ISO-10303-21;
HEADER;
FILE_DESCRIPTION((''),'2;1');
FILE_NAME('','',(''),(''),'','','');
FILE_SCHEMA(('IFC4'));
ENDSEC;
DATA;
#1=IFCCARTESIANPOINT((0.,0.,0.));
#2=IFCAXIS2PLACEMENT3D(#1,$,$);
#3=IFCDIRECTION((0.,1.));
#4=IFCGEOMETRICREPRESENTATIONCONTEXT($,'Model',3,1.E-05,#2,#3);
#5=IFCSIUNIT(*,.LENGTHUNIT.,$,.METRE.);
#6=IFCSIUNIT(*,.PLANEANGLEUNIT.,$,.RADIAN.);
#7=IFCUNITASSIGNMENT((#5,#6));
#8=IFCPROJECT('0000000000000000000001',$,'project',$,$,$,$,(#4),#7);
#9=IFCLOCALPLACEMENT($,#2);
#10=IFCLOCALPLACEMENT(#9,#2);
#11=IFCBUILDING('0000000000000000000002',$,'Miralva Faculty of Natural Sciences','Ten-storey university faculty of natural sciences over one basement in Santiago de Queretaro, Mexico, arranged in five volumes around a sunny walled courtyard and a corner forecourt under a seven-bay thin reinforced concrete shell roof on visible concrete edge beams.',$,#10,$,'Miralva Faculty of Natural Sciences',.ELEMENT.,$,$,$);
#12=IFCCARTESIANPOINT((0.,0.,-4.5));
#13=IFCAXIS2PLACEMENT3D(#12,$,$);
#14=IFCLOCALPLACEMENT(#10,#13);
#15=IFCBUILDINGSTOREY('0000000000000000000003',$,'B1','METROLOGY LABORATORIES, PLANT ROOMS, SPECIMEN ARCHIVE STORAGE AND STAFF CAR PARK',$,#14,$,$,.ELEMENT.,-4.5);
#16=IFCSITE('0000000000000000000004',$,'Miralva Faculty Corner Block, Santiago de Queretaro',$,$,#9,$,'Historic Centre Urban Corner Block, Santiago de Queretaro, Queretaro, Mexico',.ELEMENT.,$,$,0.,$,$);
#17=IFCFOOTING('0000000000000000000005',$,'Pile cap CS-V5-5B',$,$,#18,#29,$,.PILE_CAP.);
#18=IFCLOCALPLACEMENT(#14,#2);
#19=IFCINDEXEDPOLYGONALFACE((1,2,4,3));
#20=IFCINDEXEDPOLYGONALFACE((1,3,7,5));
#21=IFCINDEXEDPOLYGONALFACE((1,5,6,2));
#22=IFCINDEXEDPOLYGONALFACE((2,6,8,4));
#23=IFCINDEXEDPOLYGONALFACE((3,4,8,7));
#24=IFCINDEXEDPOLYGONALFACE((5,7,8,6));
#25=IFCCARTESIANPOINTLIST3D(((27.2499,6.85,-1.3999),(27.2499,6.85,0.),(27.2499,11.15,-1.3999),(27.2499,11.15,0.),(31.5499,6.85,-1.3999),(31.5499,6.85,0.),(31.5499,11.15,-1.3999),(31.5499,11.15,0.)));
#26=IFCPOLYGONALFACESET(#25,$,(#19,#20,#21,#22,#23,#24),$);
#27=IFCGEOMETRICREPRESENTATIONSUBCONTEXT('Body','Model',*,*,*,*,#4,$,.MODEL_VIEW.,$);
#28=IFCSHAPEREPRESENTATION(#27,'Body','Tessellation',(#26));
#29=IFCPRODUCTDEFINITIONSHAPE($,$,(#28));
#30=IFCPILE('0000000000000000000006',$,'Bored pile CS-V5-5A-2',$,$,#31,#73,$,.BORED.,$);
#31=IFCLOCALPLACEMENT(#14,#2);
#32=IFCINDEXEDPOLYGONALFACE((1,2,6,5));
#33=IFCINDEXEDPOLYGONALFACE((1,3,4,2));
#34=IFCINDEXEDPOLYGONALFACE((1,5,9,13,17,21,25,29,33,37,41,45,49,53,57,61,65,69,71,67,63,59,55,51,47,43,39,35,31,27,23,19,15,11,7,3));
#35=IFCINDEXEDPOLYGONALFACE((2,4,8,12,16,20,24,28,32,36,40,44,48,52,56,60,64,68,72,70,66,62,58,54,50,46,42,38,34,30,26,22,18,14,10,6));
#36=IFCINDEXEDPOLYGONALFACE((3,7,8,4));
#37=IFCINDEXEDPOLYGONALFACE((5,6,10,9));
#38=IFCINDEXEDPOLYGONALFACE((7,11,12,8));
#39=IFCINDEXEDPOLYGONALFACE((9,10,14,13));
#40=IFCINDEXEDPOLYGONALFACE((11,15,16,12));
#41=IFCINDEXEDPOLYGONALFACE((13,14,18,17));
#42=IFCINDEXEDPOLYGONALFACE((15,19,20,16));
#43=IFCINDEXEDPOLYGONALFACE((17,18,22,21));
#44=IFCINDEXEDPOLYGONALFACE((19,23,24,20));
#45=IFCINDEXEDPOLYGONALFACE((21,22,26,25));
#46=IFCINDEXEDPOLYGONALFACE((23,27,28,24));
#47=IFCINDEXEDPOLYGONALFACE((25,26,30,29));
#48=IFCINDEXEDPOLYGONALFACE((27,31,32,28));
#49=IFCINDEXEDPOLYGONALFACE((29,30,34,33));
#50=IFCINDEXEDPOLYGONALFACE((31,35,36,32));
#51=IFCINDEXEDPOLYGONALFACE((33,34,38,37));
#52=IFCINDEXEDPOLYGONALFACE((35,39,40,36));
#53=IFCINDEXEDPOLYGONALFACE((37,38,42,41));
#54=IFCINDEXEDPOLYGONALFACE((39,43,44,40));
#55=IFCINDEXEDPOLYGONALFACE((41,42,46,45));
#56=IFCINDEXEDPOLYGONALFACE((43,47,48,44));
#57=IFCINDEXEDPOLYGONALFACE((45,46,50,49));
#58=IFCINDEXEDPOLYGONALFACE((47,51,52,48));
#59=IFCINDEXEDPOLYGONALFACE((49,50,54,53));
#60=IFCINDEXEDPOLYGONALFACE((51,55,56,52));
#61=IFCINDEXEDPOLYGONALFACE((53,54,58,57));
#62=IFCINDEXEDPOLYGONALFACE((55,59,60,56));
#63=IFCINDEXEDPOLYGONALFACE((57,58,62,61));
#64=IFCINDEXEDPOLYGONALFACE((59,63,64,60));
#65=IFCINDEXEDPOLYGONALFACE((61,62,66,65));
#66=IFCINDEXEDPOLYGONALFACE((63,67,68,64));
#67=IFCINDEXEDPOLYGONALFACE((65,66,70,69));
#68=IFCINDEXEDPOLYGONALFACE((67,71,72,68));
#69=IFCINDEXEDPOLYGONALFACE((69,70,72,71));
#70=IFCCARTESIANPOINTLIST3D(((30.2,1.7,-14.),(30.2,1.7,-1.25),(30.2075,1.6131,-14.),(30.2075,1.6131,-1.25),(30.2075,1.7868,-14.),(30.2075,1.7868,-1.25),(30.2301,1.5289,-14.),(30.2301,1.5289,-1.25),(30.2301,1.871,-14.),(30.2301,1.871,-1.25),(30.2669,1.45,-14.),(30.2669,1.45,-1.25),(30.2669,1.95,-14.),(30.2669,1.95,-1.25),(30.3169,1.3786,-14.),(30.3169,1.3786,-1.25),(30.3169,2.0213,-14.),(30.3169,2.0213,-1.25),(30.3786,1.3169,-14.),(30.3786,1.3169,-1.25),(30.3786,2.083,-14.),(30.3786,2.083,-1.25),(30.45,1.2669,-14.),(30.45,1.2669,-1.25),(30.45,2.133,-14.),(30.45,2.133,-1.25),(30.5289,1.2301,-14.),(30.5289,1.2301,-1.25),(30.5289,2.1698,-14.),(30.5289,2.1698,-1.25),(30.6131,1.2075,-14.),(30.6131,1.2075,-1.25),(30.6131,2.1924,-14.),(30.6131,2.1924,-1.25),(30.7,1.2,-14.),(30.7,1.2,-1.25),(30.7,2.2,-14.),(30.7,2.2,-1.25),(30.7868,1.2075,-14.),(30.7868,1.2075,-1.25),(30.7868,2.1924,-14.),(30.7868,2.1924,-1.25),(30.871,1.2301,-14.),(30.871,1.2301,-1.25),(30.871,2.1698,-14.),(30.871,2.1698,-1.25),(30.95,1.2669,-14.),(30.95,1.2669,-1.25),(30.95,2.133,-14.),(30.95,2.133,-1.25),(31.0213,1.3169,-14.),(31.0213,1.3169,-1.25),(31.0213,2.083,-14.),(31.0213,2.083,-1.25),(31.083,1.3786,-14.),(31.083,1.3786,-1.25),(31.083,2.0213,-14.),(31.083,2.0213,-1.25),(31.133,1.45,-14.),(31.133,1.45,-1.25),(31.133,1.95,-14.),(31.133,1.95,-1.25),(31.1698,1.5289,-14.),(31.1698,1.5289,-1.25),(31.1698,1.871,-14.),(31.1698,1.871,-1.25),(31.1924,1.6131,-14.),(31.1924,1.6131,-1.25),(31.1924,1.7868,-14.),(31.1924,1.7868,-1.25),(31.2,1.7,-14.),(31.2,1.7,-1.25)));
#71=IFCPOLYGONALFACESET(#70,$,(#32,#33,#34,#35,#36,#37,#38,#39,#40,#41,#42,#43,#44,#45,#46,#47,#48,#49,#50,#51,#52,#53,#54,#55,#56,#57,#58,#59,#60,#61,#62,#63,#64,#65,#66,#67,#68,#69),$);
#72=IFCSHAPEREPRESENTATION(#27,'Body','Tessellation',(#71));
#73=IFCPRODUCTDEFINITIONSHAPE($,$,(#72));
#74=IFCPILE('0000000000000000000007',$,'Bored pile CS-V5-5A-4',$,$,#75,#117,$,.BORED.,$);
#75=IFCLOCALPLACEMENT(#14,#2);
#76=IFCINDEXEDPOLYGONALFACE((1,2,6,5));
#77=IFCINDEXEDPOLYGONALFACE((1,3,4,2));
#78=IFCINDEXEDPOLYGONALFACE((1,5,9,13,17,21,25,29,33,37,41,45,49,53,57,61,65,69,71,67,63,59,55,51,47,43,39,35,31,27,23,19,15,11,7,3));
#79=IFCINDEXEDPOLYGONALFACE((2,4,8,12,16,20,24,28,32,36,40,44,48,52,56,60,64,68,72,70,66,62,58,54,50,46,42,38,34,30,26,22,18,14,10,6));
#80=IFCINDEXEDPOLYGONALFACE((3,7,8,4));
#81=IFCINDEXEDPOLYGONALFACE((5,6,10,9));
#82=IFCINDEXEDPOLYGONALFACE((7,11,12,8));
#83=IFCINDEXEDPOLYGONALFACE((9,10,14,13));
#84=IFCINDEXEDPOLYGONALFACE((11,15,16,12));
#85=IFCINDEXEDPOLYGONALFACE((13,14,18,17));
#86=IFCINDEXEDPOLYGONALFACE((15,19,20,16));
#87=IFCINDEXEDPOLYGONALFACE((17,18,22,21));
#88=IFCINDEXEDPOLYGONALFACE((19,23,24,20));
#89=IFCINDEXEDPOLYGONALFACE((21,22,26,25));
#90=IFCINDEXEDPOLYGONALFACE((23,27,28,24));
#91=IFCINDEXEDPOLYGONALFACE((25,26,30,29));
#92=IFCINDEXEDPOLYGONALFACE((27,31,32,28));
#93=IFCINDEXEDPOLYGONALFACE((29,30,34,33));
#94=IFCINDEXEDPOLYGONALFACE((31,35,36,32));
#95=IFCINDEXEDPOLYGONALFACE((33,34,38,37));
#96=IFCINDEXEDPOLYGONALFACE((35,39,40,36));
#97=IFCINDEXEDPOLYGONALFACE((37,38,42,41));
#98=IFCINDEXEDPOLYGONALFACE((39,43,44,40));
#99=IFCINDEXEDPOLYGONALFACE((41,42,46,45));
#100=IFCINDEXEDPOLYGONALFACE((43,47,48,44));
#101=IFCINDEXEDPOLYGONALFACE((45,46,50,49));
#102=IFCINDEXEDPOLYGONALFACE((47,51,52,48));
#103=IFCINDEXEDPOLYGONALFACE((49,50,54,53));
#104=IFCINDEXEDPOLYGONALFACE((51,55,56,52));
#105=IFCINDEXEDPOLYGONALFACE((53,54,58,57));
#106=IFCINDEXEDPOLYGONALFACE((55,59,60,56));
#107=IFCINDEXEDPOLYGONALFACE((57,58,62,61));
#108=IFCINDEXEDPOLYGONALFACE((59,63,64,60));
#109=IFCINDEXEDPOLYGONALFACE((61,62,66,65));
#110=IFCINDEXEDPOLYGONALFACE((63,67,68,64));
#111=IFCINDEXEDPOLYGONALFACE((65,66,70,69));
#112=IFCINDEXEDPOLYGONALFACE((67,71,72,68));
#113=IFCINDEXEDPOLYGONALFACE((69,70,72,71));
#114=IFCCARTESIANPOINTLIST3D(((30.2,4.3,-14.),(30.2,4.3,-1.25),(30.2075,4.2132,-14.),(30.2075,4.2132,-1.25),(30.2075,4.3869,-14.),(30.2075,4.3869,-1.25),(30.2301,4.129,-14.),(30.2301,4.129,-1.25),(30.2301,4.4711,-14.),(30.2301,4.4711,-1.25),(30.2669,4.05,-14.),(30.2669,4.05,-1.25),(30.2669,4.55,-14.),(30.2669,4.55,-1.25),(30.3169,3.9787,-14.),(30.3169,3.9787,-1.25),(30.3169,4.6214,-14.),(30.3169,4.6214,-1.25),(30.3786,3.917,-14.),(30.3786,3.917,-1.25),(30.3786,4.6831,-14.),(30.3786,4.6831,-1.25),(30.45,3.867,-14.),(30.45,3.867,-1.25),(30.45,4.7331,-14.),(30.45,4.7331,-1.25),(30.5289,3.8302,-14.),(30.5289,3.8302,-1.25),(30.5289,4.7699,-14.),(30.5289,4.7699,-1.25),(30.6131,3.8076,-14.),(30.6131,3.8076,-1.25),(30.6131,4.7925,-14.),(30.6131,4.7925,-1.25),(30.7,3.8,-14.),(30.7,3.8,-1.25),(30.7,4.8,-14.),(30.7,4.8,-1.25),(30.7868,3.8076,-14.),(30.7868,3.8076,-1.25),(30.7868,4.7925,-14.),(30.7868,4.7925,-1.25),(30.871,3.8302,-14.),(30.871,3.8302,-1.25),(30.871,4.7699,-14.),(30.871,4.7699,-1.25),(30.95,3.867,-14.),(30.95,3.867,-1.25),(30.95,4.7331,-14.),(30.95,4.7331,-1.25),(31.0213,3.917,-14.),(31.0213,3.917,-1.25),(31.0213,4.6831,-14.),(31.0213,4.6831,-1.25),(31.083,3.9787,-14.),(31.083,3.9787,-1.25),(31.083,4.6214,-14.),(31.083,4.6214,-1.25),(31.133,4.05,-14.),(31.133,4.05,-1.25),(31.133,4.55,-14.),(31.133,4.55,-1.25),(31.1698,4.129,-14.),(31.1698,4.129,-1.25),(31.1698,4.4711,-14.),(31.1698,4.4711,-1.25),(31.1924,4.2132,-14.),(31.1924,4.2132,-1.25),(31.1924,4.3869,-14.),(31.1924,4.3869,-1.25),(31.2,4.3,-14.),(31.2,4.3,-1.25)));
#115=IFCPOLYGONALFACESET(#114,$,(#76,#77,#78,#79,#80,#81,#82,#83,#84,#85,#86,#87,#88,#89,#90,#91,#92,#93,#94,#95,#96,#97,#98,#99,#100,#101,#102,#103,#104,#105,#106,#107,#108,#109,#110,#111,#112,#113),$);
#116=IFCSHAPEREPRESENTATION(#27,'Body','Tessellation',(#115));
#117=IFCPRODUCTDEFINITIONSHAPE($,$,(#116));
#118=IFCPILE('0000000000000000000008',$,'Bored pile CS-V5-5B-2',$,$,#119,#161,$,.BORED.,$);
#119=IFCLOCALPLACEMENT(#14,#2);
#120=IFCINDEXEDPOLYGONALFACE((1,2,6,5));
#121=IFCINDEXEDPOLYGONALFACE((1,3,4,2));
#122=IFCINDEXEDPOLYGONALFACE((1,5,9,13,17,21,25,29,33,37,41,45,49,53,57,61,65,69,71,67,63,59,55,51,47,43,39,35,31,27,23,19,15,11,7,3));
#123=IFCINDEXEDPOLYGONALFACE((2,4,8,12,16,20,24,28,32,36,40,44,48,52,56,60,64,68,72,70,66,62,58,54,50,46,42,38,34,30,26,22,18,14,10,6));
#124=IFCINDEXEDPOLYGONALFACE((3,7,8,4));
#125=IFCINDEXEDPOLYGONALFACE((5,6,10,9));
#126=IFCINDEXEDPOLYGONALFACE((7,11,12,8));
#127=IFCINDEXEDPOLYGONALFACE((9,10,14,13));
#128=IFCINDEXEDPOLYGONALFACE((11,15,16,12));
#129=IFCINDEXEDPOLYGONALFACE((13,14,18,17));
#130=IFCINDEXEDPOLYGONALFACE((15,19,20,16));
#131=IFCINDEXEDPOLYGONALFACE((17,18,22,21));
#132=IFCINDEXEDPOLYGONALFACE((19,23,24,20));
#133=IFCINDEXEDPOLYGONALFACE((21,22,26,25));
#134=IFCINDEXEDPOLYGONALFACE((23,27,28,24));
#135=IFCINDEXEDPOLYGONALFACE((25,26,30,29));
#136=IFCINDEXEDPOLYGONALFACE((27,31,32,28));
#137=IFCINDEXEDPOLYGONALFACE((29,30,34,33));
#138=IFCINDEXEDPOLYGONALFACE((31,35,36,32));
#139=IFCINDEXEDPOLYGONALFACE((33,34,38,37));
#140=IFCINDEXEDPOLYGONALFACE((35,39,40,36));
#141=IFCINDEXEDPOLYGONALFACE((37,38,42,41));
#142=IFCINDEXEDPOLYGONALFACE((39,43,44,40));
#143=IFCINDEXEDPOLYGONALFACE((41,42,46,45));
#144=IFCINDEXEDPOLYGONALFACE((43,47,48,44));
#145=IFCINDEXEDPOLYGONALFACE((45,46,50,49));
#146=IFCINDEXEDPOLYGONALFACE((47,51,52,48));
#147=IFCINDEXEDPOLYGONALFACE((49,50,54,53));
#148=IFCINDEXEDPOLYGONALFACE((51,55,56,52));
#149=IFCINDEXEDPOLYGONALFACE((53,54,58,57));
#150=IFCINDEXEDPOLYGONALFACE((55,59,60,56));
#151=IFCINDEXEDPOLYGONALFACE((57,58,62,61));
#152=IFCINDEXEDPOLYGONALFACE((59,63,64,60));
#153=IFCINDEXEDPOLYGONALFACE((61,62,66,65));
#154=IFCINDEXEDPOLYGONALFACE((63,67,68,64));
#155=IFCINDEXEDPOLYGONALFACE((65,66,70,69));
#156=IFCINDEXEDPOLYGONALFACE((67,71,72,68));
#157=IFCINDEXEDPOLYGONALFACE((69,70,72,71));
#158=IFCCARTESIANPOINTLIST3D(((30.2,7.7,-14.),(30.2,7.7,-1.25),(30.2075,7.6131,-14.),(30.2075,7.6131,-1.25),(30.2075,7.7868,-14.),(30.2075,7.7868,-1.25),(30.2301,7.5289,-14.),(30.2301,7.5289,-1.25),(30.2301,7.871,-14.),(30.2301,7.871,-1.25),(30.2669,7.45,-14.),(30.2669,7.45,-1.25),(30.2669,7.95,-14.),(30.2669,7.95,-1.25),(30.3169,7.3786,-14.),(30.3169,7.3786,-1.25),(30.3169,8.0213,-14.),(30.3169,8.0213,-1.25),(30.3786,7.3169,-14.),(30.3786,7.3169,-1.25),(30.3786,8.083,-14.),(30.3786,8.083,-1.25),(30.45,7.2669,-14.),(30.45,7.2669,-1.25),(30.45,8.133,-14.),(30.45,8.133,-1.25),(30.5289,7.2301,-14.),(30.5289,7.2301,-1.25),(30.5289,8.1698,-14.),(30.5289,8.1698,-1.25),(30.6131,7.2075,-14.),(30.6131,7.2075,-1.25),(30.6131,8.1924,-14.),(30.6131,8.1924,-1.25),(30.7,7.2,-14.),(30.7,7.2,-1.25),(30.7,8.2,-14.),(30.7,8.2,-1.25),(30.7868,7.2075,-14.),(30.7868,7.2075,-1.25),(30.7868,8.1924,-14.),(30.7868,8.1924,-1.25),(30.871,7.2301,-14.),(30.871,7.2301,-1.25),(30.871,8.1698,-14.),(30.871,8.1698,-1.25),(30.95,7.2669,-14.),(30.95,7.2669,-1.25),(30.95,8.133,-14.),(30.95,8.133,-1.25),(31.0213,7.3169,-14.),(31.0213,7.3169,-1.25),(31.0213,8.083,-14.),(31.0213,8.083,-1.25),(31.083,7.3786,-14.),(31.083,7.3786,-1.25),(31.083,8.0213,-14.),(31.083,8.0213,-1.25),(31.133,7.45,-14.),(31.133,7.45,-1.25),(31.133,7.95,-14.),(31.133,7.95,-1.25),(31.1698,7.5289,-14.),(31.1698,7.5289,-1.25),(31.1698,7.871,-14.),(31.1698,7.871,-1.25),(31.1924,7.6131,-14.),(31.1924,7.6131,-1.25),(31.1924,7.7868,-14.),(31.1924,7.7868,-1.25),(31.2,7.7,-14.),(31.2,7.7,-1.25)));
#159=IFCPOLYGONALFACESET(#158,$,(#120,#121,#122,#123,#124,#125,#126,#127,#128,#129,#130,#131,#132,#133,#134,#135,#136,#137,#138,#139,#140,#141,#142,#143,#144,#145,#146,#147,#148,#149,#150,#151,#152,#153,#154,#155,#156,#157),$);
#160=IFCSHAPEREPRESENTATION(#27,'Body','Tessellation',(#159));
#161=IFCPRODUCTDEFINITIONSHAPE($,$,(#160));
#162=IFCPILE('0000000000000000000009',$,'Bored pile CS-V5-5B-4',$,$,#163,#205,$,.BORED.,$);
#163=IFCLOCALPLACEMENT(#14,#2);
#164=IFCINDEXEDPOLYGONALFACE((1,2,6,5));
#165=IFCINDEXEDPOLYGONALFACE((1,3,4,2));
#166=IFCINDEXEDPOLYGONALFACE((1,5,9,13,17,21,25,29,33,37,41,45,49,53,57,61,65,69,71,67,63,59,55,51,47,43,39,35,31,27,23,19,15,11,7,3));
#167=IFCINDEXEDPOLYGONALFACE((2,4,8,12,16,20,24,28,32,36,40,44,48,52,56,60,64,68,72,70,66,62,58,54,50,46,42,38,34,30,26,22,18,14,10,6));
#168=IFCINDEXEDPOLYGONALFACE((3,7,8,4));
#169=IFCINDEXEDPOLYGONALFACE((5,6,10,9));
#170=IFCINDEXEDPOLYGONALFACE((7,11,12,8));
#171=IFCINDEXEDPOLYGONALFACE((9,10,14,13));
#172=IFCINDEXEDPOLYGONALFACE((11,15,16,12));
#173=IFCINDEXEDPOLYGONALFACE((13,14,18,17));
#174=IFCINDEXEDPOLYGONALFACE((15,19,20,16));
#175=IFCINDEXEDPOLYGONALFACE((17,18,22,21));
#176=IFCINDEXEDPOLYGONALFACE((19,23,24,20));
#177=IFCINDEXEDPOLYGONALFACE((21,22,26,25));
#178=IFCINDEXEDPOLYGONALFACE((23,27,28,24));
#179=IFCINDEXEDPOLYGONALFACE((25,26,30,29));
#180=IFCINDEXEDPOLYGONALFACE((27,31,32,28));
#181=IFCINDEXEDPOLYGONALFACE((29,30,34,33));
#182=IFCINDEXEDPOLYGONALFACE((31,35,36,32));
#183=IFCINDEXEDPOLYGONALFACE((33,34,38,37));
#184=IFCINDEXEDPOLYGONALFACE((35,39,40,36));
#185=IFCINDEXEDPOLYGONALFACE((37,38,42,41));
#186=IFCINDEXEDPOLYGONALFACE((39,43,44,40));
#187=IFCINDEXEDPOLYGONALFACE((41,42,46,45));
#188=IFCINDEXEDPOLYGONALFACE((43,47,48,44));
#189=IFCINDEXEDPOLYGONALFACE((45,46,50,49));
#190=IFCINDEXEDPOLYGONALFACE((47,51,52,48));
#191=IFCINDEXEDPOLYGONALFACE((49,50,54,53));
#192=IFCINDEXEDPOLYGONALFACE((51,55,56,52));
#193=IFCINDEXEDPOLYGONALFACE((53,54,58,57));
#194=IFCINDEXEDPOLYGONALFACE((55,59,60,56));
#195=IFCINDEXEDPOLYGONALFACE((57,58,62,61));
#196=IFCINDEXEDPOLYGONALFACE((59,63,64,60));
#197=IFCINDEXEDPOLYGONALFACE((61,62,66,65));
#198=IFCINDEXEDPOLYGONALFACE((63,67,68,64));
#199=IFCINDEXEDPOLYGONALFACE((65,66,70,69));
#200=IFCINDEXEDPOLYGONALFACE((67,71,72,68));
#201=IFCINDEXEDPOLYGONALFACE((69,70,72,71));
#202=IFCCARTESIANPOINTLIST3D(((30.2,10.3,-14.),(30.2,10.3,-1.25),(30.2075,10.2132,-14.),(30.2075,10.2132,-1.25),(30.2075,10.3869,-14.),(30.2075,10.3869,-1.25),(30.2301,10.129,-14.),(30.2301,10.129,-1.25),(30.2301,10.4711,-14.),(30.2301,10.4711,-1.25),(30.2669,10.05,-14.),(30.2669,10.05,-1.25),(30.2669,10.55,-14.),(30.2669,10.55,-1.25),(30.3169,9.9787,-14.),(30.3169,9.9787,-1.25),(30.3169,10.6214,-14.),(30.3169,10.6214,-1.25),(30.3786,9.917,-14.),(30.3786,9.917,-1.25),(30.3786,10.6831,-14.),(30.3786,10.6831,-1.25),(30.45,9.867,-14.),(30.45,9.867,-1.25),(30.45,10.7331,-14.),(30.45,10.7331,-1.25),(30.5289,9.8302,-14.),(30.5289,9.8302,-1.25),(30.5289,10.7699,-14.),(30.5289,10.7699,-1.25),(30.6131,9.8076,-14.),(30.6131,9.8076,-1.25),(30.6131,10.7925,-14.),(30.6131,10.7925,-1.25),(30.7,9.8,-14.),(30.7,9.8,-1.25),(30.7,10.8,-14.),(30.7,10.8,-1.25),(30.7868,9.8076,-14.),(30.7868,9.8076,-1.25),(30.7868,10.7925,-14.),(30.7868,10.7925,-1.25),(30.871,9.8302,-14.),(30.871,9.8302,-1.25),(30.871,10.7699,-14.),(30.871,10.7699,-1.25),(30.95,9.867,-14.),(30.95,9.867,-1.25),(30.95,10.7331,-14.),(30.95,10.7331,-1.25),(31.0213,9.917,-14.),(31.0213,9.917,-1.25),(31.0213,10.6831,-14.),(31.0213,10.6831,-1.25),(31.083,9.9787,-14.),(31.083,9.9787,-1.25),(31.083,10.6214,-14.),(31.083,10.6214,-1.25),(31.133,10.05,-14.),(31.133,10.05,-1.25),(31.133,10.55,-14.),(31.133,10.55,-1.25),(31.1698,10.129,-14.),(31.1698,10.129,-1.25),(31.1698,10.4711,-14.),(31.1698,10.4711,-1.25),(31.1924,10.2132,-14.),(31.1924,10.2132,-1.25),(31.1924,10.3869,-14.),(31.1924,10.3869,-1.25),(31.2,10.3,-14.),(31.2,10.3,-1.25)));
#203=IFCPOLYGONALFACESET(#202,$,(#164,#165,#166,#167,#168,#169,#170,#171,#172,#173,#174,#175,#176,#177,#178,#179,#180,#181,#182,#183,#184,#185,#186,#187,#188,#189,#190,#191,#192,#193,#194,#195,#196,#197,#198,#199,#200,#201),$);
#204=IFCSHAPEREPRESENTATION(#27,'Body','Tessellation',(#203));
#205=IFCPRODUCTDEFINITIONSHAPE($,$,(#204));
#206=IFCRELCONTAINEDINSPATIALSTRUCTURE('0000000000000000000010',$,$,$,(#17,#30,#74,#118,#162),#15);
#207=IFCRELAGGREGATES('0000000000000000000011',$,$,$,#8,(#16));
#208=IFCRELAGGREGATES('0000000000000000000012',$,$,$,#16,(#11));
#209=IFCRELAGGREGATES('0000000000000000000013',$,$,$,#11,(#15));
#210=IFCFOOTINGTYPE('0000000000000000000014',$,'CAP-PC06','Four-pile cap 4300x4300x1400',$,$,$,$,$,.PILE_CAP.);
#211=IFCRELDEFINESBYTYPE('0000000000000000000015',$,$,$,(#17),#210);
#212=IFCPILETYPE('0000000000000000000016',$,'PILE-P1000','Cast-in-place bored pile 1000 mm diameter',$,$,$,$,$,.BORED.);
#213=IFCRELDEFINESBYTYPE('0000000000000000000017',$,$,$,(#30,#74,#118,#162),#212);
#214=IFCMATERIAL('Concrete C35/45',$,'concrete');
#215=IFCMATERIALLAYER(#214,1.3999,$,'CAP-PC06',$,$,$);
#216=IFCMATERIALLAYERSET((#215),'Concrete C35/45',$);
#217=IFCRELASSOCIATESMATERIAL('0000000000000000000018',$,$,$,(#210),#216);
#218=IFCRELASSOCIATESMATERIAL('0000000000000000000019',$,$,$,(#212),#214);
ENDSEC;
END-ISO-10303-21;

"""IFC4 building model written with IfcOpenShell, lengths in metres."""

from ifc_helpers import new_model, si_unit, direction, frame, origin, origin_2d, place, context, subcontext, project, spatial, rectangle, circle, extrude, material, layer, layer_set, material_profile, profile_set, type_object, element, save


model = new_model("IFC4")

# Units and contexts
model_context = context("Model", 3, precision=1e-05, world=origin(), true_north=direction((0.0, 1.0)))
body_context = subcontext(model_context, "Body", "Model", "MODEL_VIEW")
ifc_project = project(units=[si_unit("LENGTHUNIT", "METRE"), si_unit("PLANEANGLEUNIT", "RADIAN")], contexts=[model_context])

# Site, building, storey
site_placement = place(None, origin())
site = spatial("IfcSite", under=ifc_project, at=site_placement, Name="Miralva Faculty Corner Block, Santiago de Queretaro", LongName="Historic Centre Urban Corner Block, Santiago de Queretaro, Queretaro, Mexico", CompositionType="ELEMENT", RefElevation=0.0)
building_placement = place(site_placement, origin())
building = spatial("IfcBuilding", under=site, at=building_placement, Name="Miralva Faculty of Natural Sciences", Description="Ten-storey university faculty of natural sciences over one basement in Santiago de Queretaro, Mexico, arranged in five volumes around a sunny walled courtyard and a corner forecourt under a seven-bay thin reinforced concrete shell roof on visible concrete edge beams.", LongName="Miralva Faculty of Natural Sciences", CompositionType="ELEMENT")
storey_placement = place(building_placement, frame((0.0, 0.0, -4.5)))
storey = spatial("IfcBuildingStorey", under=building, at=storey_placement, Name="B1", Description="METROLOGY LABORATORIES, PLANT ROOMS, SPECIMEN ARCHIVE STORAGE AND STAFF CAR PARK", CompositionType="ELEMENT", Elevation=-4.5)

# Footing
ifc_material_1 = material(Name="Concrete C35/45", Category="concrete")
ifc_layer_1 = layer(ifc_material_1, 1.3999, Name="CAP-PC06")
ifc_layer_set_1 = layer_set([ifc_layer_1], Name="Concrete C35/45")
footing_type_1 = type_object("IfcFootingType", Name="CAP-PC06", Description="Four-pile cap 4300x4300x1400", PredefinedType="PILE_CAP", material=ifc_layer_set_1)
footing_1_placement = place(storey_placement, frame((29.3999, 9.0, -1.3999), z_axis=(0.0, 0.0, 1.0), x_axis=(1.0, 0.0, 0.0)))
element("IfcFooting", 1, at=footing_1_placement, inside=storey, type_object=footing_type_1, Name="Pile cap CS-V5-5B", PredefinedType="PILE_CAP", context=body_context, shape_type="SweptSolid", body=[
    extrude(rectangle(XDim=4.3, YDim=4.3, at=origin_2d()), origin(), (0.0, 0.0, 1.0), 1.3999),
])

# Piles
ifc_material_profile_1 = material_profile(ifc_material_1, circle(Radius=0.5, at=origin_2d()), Name="BORED PILE 1000")
ifc_profile_set_1 = profile_set([ifc_material_profile_1], Name="Concrete C35/45")
pile_type = type_object("IfcPileType", Name="PILE-P1000", Description="Cast-in-place bored pile 1000 mm diameter", PredefinedType="BORED", material=ifc_profile_set_1)
for number, where, z_axis, x_axis, name in (
    (2, (30.7, 1.7, -1.25), (0.0, 0.0, -1.0), (1.0, 0.0, 0.0), "Bored pile CS-V5-5A-2"),
    (3, (30.7, 4.3, -1.25), (0.0, 0.0, -1.0), (1.0, 0.0, 0.0), "Bored pile CS-V5-5A-4"),
    (4, (30.7, 7.7, -1.25), (0.0, 0.0, -1.0), (1.0, 0.0, 0.0), "Bored pile CS-V5-5B-2"),
    (5, (30.7, 10.3, -1.25), (0.0, 0.0, -1.0), (1.0, 0.0, 0.0), "Bored pile CS-V5-5B-4"),
):
    element("IfcPile", number, at=place(storey_placement, frame(where, z_axis=z_axis, x_axis=x_axis)), inside=storey, type_object=pile_type, Name=name, PredefinedType="BORED", context=body_context, shape_type="SweptSolid", body=[
        extrude(circle(Radius=0.5, at=origin_2d()), origin(), (0.0, 0.0, 1.0), 12.75),
    ])

save(model, "model.ifc")
